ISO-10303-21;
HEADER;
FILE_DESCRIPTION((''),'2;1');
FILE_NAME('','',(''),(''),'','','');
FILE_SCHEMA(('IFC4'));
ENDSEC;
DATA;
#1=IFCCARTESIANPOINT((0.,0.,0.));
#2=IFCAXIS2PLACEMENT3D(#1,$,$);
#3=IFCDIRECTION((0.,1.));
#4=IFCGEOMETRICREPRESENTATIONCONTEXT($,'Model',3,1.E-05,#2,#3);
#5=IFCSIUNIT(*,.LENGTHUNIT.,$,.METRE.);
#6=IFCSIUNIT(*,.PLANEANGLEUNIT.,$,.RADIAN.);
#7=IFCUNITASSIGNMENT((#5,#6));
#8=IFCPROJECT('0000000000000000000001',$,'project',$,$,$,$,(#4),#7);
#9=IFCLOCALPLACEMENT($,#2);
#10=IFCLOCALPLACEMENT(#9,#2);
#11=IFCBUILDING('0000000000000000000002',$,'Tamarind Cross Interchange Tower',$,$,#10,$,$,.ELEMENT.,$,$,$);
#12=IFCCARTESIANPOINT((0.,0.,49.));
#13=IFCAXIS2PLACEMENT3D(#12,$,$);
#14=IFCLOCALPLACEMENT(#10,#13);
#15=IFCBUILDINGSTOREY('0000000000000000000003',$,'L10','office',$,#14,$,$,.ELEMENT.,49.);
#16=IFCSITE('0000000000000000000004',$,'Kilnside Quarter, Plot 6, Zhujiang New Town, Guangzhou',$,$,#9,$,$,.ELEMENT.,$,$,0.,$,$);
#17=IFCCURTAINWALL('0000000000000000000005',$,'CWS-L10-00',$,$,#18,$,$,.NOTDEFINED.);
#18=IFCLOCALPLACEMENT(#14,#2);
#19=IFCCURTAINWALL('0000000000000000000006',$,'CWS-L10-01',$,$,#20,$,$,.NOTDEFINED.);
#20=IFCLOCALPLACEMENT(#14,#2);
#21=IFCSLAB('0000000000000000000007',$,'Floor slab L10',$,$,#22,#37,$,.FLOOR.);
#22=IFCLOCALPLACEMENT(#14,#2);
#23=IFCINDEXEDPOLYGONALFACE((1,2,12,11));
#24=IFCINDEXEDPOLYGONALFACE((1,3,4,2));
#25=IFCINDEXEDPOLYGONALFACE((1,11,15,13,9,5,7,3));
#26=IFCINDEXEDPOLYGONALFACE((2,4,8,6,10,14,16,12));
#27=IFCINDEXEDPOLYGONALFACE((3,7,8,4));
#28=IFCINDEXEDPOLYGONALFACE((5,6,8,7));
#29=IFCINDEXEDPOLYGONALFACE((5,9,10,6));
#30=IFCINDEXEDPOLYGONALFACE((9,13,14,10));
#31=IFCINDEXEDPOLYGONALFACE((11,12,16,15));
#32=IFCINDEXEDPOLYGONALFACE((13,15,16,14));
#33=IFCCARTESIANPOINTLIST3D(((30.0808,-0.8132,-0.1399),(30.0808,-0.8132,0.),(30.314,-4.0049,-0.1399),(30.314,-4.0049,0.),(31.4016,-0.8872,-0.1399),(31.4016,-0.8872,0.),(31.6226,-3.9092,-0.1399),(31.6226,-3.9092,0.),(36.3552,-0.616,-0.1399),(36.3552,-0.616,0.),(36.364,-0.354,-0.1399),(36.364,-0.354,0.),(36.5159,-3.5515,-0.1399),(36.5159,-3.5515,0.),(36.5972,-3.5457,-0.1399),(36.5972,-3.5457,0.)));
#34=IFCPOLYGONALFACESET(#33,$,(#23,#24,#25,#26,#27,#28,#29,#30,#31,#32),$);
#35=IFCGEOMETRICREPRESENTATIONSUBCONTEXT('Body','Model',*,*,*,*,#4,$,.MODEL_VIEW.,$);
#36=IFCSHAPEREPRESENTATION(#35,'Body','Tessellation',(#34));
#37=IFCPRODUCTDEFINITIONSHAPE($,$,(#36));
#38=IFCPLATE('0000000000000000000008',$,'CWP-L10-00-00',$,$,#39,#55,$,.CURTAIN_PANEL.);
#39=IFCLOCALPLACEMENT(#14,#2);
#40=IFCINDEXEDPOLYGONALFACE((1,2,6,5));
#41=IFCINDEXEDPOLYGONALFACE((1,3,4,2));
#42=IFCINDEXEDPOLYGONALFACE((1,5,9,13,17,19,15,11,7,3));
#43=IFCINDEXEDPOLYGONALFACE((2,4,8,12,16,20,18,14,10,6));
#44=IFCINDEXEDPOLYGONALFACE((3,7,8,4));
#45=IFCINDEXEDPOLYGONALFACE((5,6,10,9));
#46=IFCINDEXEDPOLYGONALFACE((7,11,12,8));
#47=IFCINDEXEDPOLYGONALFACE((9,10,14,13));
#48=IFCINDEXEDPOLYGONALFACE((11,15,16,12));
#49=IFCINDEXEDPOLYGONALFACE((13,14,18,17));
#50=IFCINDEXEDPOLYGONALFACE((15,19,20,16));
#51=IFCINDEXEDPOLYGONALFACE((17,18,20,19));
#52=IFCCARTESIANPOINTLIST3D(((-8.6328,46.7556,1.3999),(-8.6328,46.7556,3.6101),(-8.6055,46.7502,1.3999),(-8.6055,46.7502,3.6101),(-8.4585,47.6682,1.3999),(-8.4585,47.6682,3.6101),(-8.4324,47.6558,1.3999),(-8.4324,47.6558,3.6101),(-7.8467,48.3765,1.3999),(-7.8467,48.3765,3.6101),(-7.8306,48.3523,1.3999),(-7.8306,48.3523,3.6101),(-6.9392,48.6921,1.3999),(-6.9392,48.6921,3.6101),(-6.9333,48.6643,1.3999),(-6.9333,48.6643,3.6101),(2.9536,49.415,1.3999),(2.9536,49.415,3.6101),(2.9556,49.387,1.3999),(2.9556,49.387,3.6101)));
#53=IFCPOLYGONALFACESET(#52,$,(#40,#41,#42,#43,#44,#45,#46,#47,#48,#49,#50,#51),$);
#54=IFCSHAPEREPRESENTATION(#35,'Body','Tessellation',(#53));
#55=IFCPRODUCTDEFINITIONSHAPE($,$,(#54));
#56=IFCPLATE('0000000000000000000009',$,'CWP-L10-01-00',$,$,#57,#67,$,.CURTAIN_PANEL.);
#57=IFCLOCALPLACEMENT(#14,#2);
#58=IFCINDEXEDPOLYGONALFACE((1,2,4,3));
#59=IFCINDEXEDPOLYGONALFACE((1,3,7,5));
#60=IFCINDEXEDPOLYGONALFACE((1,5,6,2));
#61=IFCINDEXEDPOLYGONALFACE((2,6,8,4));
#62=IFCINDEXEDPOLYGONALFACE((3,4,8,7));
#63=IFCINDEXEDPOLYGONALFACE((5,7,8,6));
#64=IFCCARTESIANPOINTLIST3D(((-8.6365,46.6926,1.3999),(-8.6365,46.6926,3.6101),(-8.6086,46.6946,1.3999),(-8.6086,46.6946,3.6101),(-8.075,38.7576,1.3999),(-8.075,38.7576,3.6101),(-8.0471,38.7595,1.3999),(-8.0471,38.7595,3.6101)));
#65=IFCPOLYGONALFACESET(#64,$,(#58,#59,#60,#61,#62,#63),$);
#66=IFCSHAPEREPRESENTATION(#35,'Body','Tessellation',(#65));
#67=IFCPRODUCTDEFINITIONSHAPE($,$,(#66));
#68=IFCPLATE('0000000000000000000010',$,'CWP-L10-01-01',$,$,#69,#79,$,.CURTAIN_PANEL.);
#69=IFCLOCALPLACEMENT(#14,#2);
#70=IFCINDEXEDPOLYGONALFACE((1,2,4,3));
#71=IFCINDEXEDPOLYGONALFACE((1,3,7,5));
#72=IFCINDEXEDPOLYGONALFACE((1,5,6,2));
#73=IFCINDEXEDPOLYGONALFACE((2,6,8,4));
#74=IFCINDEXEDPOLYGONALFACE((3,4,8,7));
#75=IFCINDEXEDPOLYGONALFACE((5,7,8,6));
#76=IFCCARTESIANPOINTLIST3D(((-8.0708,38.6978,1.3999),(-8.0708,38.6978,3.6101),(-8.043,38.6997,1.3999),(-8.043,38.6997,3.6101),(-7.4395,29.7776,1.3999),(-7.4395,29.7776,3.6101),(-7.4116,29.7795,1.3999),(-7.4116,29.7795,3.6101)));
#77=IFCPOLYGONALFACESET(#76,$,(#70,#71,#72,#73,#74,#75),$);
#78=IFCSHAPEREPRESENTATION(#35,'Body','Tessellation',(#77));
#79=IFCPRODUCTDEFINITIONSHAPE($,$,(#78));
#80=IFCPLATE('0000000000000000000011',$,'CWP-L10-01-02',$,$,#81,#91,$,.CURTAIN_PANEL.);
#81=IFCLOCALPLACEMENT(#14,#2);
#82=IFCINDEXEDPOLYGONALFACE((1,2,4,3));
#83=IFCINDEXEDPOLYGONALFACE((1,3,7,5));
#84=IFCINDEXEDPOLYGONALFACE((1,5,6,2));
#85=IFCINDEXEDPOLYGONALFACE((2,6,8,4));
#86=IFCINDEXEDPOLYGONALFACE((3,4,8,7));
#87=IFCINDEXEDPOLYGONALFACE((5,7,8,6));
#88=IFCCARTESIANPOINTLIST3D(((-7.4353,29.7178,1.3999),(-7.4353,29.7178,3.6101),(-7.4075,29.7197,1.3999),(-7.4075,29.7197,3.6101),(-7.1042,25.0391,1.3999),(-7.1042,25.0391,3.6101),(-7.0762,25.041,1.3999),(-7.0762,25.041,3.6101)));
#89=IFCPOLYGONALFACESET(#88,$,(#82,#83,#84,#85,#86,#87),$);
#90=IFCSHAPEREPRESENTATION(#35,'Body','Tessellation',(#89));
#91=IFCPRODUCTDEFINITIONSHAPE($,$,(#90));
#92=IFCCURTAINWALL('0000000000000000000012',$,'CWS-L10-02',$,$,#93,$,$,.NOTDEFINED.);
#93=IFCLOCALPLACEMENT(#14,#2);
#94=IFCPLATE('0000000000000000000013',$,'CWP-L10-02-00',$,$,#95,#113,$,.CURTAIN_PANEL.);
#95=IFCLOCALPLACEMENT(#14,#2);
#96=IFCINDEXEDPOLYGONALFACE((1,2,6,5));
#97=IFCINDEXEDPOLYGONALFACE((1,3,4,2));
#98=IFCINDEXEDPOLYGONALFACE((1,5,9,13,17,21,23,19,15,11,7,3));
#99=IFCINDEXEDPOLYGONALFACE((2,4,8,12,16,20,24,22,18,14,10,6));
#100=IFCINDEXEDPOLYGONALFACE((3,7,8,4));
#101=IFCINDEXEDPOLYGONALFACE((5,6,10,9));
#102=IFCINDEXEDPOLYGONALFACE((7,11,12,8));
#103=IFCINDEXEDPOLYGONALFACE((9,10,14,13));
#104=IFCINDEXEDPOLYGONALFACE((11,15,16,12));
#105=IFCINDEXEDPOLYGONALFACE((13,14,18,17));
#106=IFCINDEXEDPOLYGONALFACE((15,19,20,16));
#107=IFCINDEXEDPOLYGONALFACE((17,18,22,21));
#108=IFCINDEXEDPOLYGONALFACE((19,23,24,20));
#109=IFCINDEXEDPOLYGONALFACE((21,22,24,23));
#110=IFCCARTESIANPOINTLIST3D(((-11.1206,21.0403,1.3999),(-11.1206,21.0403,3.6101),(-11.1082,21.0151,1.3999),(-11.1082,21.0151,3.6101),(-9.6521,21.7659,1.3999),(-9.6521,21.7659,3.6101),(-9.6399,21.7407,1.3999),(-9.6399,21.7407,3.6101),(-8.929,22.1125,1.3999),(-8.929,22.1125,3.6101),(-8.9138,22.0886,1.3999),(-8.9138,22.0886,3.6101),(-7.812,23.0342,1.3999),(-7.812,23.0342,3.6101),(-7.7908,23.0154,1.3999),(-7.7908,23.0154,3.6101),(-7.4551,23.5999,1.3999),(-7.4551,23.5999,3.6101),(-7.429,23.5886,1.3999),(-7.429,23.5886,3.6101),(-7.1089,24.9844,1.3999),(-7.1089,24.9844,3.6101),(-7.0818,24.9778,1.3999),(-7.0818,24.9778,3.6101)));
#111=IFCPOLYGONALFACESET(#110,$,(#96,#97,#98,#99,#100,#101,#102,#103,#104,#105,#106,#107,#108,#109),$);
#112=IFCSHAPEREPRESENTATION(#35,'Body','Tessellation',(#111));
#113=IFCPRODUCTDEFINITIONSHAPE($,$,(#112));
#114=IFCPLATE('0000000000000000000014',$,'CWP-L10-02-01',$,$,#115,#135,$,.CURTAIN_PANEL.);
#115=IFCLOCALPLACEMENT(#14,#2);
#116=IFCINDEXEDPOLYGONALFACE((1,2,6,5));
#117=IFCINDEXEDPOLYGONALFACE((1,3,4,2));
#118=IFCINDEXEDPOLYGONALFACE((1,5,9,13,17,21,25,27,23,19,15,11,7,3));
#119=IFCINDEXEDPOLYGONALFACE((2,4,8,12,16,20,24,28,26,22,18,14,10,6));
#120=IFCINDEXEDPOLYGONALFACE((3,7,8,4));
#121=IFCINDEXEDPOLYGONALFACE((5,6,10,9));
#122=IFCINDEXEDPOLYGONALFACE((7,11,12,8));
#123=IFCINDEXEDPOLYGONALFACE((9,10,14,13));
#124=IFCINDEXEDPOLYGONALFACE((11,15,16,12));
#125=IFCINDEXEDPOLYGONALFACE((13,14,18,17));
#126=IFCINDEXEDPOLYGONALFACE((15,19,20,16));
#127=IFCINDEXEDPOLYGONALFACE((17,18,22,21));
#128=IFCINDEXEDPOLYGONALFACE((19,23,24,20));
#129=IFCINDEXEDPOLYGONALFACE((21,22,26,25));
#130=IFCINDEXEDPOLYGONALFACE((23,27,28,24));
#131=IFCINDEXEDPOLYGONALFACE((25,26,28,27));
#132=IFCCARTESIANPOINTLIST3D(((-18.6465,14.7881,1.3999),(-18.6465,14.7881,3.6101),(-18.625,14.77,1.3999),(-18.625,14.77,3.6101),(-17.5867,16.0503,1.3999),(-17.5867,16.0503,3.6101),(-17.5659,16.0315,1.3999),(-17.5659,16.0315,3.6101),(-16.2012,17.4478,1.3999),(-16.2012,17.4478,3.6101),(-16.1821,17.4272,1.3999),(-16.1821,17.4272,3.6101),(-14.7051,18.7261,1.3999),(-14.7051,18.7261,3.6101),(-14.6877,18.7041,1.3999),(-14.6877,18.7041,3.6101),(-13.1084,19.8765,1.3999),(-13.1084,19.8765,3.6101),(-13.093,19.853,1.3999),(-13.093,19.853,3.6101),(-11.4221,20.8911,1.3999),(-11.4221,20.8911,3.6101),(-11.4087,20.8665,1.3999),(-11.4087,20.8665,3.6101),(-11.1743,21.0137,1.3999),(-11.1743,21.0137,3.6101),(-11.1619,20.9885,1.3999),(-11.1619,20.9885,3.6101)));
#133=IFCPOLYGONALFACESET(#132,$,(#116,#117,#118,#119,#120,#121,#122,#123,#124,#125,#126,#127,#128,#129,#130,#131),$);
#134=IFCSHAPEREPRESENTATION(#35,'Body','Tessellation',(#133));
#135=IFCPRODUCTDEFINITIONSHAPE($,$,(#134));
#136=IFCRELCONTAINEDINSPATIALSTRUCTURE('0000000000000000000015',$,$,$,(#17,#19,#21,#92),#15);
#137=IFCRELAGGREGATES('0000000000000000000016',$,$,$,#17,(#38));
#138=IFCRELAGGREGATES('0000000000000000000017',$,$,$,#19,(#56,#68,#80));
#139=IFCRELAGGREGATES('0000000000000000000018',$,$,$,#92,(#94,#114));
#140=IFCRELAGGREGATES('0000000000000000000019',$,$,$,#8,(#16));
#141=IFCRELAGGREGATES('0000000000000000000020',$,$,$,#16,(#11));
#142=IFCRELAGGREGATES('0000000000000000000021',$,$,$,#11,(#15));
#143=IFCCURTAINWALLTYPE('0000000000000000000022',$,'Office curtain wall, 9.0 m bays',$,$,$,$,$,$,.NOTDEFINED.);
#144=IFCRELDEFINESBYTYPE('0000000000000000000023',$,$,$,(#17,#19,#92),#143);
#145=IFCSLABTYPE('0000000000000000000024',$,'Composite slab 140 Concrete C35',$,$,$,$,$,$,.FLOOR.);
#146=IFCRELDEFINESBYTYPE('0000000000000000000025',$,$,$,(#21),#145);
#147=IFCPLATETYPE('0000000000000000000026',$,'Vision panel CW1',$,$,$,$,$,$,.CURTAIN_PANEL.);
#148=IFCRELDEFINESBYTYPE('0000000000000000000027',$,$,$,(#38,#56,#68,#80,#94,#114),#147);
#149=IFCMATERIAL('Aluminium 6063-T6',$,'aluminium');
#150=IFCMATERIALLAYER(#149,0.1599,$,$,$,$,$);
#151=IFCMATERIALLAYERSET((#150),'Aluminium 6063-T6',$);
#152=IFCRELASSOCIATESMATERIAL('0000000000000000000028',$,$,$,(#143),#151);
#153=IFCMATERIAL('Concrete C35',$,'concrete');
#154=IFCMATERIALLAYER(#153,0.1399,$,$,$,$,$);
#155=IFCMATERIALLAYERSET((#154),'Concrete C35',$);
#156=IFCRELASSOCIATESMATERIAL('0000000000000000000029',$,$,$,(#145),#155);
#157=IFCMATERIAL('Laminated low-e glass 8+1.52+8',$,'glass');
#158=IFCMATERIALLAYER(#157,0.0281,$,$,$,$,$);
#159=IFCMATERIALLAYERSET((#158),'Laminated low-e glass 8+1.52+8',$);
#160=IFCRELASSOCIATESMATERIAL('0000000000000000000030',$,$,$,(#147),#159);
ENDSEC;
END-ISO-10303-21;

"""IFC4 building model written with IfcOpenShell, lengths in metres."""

from ifc_helpers import new_model, si_unit, direction, frame, origin, place, context, subcontext, project, spatial, polyline, outline, extrude, material, layer, layer_set, type_object, element, aggregate, save


model = new_model("IFC4")

# Units and contexts
model_context = context("Model", 3, precision=1e-05, world=origin(), true_north=direction((0.0, 1.0)))
body_context = subcontext(model_context, "Body", "Model", "MODEL_VIEW")
ifc_project = project(units=[si_unit("LENGTHUNIT", "METRE"), si_unit("PLANEANGLEUNIT", "RADIAN")], contexts=[model_context])

# Site, building, storey
site_placement = place(None, origin())
site = spatial("IfcSite", under=ifc_project, at=site_placement, Name="Kilnside Quarter, Plot 6, Zhujiang New Town, Guangzhou", CompositionType="ELEMENT", RefElevation=0.0)
building_placement = place(site_placement, origin())
building = spatial("IfcBuilding", under=site, at=building_placement, Name="Tamarind Cross Interchange Tower", CompositionType="ELEMENT")
storey_placement = place(building_placement, frame((0.0, 0.0, 49.0)))
storey = spatial("IfcBuildingStorey", under=building, at=storey_placement, Name="L10", Description="office", CompositionType="ELEMENT", Elevation=49.0)

# Curtain walls
ifc_material_1 = material(Name="Aluminium 6063-T6", Category="aluminium")
ifc_layer_1 = layer(ifc_material_1, 0.1599)
ifc_layer_set_1 = layer_set([ifc_layer_1], Name="Aluminium 6063-T6")
curtain_wall_type = type_object("IfcCurtainWallType", Name="Office curtain wall, 9.0 m bays", PredefinedType="NOTDEFINED", material=ifc_layer_set_1)
curtain_wall_1_placement = place(storey_placement, origin())
curtain_wall_1 = element("IfcCurtainWall", 1, at=curtain_wall_1_placement, inside=storey, type_object=curtain_wall_type, Name="CWS-L10-00", PredefinedType="NOTDEFINED")
curtain_wall_2_placement = place(storey_placement, origin())
curtain_wall_2 = element("IfcCurtainWall", 2, at=curtain_wall_2_placement, inside=storey, type_object=curtain_wall_type, Name="CWS-L10-01", PredefinedType="NOTDEFINED")

# Slab
ifc_material_2 = material(Name="Concrete C35", Category="concrete")
ifc_layer_2 = layer(ifc_material_2, 0.1399)
ifc_layer_set_2 = layer_set([ifc_layer_2], Name="Concrete C35")
slab_type = type_object("IfcSlabType", Name="Composite slab 140 Concrete C35", PredefinedType="FLOOR", material=ifc_layer_set_2)
slab_1_placement = place(storey_placement, frame((0.0, 0.0, -0.1399)))
element("IfcSlab", 3, at=slab_1_placement, inside=storey, type_object=slab_type, Name="Floor slab L10", PredefinedType="FLOOR", context=body_context, shape_type="SweptSolid", body=[
    extrude(outline(polyline([(36.5972, -3.5457), (36.364, -0.354), (30.0808, -0.8132), (30.314, -4.0049), (31.6226, -3.9092), (31.4016, -0.8872), (36.3552, -0.616), (36.5159, -3.5515), (36.5972, -3.5457)])), origin(), (0.0, 0.0, 1.0), 0.1399),
])

# Plates
ifc_material_3 = material(Name="Laminated low-e glass 8+1.52+8", Category="glass")
ifc_layer_3 = layer(ifc_material_3, 0.0281)
ifc_layer_set_3 = layer_set([ifc_layer_3], Name="Laminated low-e glass 8+1.52+8")
plate_type = type_object("IfcPlateType", Name="Vision panel CW1", PredefinedType="CURTAIN_PANEL", material=ifc_layer_set_3)
plate_1_placement = place(storey_placement, frame((0.0, 0.0, 1.3999)))
plate_1 = element("IfcPlate", 4, at=plate_1_placement, type_object=plate_type, Name="CWP-L10-00-00", PredefinedType="CURTAIN_PANEL", context=body_context, shape_type="SweptSolid", body=[
    extrude(outline(polyline([(2.9556, 49.387), (-6.9333, 48.6643), (-7.8306, 48.3523), (-8.4324, 47.6558), (-8.6055, 46.7502), (-8.6328, 46.7556), (-8.4585, 47.6682), (-7.8467, 48.3765), (-6.9392, 48.6921), (2.9536, 49.415), (2.9556, 49.387)])), origin(), (0.0, 0.0, 1.0), 2.2102),
])
aggregate(curtain_wall_1, [plate_1])
plate_2_placement = place(storey_placement, frame((0.0, 0.0, 1.3999)))
plate_2 = element("IfcPlate", 5, at=plate_2_placement, type_object=plate_type, Name="CWP-L10-01-00", PredefinedType="CURTAIN_PANEL", context=body_context, shape_type="SweptSolid", body=[
    extrude(outline(polyline([(-8.6086, 46.6946), (-8.0471, 38.7595), (-8.075, 38.7576), (-8.6365, 46.6926), (-8.6086, 46.6946)])), origin(), (0.0, 0.0, 1.0), 2.2102),
])
plate_3_placement = place(storey_placement, frame((0.0, 0.0, 1.3999)))
plate_3 = element("IfcPlate", 6, at=plate_3_placement, type_object=plate_type, Name="CWP-L10-01-01", PredefinedType="CURTAIN_PANEL", context=body_context, shape_type="SweptSolid", body=[
    extrude(outline(polyline([(-8.043, 38.6997), (-7.4116, 29.7795), (-7.4395, 29.7776), (-8.0708, 38.6978), (-8.043, 38.6997)])), origin(), (0.0, 0.0, 1.0), 2.2102),
])
plate_4_placement = place(storey_placement, frame((0.0, 0.0, 1.3999)))
plate_4 = element("IfcPlate", 7, at=plate_4_placement, type_object=plate_type, Name="CWP-L10-01-02", PredefinedType="CURTAIN_PANEL", context=body_context, shape_type="SweptSolid", body=[
    extrude(outline(polyline([(-7.4075, 29.7197), (-7.0762, 25.041), (-7.1042, 25.0391), (-7.4353, 29.7178), (-7.4075, 29.7197)])), origin(), (0.0, 0.0, 1.0), 2.2102),
])
aggregate(curtain_wall_2, [plate_2, plate_3, plate_4])

# Curtain wall, plates
curtain_wall_3_placement = place(storey_placement, origin())
curtain_wall_3 = element("IfcCurtainWall", 8, at=curtain_wall_3_placement, inside=storey, type_object=curtain_wall_type, Name="CWS-L10-02", PredefinedType="NOTDEFINED")
plate_5_placement = place(storey_placement, frame((0.0, 0.0, 1.3999)))
plate_5 = element("IfcPlate", 9, at=plate_5_placement, type_object=plate_type, Name="CWP-L10-02-00", PredefinedType="CURTAIN_PANEL", context=body_context, shape_type="SweptSolid", body=[
    extrude(outline(polyline([(-7.0818, 24.9778), (-7.429, 23.5886), (-7.7908, 23.0154), (-8.9138, 22.0886), (-9.6399, 21.7407), (-11.1082, 21.0151), (-11.1206, 21.0403), (-9.6521, 21.7659), (-8.929, 22.1125), (-7.812, 23.0342), (-7.4551, 23.5999), (-7.1089, 24.9844), (-7.0818, 24.9778)])), origin(), (0.0, 0.0, 1.0), 2.2102),
])
plate_6_placement = place(storey_placement, frame((0.0, 0.0, 1.3999)))
plate_6 = element("IfcPlate", 10, at=plate_6_placement, type_object=plate_type, Name="CWP-L10-02-01", PredefinedType="CURTAIN_PANEL", context=body_context, shape_type="SweptSolid", body=[
    extrude(outline(polyline([(-11.1619, 20.9885), (-11.4087, 20.8665), (-13.093, 19.853), (-14.6877, 18.7041), (-16.1821, 17.4272), (-17.5659, 16.0315), (-18.625, 14.77), (-18.6465, 14.7881), (-17.5867, 16.0503), (-16.2012, 17.4478), (-14.7051, 18.7261), (-13.1084, 19.8765), (-11.4221, 20.8911), (-11.1743, 21.0137), (-11.1619, 20.9885)])), origin(), (0.0, 0.0, 1.0), 2.2102),
])
aggregate(curtain_wall_3, [plate_5, plate_6])

save(model, "model.ifc")
